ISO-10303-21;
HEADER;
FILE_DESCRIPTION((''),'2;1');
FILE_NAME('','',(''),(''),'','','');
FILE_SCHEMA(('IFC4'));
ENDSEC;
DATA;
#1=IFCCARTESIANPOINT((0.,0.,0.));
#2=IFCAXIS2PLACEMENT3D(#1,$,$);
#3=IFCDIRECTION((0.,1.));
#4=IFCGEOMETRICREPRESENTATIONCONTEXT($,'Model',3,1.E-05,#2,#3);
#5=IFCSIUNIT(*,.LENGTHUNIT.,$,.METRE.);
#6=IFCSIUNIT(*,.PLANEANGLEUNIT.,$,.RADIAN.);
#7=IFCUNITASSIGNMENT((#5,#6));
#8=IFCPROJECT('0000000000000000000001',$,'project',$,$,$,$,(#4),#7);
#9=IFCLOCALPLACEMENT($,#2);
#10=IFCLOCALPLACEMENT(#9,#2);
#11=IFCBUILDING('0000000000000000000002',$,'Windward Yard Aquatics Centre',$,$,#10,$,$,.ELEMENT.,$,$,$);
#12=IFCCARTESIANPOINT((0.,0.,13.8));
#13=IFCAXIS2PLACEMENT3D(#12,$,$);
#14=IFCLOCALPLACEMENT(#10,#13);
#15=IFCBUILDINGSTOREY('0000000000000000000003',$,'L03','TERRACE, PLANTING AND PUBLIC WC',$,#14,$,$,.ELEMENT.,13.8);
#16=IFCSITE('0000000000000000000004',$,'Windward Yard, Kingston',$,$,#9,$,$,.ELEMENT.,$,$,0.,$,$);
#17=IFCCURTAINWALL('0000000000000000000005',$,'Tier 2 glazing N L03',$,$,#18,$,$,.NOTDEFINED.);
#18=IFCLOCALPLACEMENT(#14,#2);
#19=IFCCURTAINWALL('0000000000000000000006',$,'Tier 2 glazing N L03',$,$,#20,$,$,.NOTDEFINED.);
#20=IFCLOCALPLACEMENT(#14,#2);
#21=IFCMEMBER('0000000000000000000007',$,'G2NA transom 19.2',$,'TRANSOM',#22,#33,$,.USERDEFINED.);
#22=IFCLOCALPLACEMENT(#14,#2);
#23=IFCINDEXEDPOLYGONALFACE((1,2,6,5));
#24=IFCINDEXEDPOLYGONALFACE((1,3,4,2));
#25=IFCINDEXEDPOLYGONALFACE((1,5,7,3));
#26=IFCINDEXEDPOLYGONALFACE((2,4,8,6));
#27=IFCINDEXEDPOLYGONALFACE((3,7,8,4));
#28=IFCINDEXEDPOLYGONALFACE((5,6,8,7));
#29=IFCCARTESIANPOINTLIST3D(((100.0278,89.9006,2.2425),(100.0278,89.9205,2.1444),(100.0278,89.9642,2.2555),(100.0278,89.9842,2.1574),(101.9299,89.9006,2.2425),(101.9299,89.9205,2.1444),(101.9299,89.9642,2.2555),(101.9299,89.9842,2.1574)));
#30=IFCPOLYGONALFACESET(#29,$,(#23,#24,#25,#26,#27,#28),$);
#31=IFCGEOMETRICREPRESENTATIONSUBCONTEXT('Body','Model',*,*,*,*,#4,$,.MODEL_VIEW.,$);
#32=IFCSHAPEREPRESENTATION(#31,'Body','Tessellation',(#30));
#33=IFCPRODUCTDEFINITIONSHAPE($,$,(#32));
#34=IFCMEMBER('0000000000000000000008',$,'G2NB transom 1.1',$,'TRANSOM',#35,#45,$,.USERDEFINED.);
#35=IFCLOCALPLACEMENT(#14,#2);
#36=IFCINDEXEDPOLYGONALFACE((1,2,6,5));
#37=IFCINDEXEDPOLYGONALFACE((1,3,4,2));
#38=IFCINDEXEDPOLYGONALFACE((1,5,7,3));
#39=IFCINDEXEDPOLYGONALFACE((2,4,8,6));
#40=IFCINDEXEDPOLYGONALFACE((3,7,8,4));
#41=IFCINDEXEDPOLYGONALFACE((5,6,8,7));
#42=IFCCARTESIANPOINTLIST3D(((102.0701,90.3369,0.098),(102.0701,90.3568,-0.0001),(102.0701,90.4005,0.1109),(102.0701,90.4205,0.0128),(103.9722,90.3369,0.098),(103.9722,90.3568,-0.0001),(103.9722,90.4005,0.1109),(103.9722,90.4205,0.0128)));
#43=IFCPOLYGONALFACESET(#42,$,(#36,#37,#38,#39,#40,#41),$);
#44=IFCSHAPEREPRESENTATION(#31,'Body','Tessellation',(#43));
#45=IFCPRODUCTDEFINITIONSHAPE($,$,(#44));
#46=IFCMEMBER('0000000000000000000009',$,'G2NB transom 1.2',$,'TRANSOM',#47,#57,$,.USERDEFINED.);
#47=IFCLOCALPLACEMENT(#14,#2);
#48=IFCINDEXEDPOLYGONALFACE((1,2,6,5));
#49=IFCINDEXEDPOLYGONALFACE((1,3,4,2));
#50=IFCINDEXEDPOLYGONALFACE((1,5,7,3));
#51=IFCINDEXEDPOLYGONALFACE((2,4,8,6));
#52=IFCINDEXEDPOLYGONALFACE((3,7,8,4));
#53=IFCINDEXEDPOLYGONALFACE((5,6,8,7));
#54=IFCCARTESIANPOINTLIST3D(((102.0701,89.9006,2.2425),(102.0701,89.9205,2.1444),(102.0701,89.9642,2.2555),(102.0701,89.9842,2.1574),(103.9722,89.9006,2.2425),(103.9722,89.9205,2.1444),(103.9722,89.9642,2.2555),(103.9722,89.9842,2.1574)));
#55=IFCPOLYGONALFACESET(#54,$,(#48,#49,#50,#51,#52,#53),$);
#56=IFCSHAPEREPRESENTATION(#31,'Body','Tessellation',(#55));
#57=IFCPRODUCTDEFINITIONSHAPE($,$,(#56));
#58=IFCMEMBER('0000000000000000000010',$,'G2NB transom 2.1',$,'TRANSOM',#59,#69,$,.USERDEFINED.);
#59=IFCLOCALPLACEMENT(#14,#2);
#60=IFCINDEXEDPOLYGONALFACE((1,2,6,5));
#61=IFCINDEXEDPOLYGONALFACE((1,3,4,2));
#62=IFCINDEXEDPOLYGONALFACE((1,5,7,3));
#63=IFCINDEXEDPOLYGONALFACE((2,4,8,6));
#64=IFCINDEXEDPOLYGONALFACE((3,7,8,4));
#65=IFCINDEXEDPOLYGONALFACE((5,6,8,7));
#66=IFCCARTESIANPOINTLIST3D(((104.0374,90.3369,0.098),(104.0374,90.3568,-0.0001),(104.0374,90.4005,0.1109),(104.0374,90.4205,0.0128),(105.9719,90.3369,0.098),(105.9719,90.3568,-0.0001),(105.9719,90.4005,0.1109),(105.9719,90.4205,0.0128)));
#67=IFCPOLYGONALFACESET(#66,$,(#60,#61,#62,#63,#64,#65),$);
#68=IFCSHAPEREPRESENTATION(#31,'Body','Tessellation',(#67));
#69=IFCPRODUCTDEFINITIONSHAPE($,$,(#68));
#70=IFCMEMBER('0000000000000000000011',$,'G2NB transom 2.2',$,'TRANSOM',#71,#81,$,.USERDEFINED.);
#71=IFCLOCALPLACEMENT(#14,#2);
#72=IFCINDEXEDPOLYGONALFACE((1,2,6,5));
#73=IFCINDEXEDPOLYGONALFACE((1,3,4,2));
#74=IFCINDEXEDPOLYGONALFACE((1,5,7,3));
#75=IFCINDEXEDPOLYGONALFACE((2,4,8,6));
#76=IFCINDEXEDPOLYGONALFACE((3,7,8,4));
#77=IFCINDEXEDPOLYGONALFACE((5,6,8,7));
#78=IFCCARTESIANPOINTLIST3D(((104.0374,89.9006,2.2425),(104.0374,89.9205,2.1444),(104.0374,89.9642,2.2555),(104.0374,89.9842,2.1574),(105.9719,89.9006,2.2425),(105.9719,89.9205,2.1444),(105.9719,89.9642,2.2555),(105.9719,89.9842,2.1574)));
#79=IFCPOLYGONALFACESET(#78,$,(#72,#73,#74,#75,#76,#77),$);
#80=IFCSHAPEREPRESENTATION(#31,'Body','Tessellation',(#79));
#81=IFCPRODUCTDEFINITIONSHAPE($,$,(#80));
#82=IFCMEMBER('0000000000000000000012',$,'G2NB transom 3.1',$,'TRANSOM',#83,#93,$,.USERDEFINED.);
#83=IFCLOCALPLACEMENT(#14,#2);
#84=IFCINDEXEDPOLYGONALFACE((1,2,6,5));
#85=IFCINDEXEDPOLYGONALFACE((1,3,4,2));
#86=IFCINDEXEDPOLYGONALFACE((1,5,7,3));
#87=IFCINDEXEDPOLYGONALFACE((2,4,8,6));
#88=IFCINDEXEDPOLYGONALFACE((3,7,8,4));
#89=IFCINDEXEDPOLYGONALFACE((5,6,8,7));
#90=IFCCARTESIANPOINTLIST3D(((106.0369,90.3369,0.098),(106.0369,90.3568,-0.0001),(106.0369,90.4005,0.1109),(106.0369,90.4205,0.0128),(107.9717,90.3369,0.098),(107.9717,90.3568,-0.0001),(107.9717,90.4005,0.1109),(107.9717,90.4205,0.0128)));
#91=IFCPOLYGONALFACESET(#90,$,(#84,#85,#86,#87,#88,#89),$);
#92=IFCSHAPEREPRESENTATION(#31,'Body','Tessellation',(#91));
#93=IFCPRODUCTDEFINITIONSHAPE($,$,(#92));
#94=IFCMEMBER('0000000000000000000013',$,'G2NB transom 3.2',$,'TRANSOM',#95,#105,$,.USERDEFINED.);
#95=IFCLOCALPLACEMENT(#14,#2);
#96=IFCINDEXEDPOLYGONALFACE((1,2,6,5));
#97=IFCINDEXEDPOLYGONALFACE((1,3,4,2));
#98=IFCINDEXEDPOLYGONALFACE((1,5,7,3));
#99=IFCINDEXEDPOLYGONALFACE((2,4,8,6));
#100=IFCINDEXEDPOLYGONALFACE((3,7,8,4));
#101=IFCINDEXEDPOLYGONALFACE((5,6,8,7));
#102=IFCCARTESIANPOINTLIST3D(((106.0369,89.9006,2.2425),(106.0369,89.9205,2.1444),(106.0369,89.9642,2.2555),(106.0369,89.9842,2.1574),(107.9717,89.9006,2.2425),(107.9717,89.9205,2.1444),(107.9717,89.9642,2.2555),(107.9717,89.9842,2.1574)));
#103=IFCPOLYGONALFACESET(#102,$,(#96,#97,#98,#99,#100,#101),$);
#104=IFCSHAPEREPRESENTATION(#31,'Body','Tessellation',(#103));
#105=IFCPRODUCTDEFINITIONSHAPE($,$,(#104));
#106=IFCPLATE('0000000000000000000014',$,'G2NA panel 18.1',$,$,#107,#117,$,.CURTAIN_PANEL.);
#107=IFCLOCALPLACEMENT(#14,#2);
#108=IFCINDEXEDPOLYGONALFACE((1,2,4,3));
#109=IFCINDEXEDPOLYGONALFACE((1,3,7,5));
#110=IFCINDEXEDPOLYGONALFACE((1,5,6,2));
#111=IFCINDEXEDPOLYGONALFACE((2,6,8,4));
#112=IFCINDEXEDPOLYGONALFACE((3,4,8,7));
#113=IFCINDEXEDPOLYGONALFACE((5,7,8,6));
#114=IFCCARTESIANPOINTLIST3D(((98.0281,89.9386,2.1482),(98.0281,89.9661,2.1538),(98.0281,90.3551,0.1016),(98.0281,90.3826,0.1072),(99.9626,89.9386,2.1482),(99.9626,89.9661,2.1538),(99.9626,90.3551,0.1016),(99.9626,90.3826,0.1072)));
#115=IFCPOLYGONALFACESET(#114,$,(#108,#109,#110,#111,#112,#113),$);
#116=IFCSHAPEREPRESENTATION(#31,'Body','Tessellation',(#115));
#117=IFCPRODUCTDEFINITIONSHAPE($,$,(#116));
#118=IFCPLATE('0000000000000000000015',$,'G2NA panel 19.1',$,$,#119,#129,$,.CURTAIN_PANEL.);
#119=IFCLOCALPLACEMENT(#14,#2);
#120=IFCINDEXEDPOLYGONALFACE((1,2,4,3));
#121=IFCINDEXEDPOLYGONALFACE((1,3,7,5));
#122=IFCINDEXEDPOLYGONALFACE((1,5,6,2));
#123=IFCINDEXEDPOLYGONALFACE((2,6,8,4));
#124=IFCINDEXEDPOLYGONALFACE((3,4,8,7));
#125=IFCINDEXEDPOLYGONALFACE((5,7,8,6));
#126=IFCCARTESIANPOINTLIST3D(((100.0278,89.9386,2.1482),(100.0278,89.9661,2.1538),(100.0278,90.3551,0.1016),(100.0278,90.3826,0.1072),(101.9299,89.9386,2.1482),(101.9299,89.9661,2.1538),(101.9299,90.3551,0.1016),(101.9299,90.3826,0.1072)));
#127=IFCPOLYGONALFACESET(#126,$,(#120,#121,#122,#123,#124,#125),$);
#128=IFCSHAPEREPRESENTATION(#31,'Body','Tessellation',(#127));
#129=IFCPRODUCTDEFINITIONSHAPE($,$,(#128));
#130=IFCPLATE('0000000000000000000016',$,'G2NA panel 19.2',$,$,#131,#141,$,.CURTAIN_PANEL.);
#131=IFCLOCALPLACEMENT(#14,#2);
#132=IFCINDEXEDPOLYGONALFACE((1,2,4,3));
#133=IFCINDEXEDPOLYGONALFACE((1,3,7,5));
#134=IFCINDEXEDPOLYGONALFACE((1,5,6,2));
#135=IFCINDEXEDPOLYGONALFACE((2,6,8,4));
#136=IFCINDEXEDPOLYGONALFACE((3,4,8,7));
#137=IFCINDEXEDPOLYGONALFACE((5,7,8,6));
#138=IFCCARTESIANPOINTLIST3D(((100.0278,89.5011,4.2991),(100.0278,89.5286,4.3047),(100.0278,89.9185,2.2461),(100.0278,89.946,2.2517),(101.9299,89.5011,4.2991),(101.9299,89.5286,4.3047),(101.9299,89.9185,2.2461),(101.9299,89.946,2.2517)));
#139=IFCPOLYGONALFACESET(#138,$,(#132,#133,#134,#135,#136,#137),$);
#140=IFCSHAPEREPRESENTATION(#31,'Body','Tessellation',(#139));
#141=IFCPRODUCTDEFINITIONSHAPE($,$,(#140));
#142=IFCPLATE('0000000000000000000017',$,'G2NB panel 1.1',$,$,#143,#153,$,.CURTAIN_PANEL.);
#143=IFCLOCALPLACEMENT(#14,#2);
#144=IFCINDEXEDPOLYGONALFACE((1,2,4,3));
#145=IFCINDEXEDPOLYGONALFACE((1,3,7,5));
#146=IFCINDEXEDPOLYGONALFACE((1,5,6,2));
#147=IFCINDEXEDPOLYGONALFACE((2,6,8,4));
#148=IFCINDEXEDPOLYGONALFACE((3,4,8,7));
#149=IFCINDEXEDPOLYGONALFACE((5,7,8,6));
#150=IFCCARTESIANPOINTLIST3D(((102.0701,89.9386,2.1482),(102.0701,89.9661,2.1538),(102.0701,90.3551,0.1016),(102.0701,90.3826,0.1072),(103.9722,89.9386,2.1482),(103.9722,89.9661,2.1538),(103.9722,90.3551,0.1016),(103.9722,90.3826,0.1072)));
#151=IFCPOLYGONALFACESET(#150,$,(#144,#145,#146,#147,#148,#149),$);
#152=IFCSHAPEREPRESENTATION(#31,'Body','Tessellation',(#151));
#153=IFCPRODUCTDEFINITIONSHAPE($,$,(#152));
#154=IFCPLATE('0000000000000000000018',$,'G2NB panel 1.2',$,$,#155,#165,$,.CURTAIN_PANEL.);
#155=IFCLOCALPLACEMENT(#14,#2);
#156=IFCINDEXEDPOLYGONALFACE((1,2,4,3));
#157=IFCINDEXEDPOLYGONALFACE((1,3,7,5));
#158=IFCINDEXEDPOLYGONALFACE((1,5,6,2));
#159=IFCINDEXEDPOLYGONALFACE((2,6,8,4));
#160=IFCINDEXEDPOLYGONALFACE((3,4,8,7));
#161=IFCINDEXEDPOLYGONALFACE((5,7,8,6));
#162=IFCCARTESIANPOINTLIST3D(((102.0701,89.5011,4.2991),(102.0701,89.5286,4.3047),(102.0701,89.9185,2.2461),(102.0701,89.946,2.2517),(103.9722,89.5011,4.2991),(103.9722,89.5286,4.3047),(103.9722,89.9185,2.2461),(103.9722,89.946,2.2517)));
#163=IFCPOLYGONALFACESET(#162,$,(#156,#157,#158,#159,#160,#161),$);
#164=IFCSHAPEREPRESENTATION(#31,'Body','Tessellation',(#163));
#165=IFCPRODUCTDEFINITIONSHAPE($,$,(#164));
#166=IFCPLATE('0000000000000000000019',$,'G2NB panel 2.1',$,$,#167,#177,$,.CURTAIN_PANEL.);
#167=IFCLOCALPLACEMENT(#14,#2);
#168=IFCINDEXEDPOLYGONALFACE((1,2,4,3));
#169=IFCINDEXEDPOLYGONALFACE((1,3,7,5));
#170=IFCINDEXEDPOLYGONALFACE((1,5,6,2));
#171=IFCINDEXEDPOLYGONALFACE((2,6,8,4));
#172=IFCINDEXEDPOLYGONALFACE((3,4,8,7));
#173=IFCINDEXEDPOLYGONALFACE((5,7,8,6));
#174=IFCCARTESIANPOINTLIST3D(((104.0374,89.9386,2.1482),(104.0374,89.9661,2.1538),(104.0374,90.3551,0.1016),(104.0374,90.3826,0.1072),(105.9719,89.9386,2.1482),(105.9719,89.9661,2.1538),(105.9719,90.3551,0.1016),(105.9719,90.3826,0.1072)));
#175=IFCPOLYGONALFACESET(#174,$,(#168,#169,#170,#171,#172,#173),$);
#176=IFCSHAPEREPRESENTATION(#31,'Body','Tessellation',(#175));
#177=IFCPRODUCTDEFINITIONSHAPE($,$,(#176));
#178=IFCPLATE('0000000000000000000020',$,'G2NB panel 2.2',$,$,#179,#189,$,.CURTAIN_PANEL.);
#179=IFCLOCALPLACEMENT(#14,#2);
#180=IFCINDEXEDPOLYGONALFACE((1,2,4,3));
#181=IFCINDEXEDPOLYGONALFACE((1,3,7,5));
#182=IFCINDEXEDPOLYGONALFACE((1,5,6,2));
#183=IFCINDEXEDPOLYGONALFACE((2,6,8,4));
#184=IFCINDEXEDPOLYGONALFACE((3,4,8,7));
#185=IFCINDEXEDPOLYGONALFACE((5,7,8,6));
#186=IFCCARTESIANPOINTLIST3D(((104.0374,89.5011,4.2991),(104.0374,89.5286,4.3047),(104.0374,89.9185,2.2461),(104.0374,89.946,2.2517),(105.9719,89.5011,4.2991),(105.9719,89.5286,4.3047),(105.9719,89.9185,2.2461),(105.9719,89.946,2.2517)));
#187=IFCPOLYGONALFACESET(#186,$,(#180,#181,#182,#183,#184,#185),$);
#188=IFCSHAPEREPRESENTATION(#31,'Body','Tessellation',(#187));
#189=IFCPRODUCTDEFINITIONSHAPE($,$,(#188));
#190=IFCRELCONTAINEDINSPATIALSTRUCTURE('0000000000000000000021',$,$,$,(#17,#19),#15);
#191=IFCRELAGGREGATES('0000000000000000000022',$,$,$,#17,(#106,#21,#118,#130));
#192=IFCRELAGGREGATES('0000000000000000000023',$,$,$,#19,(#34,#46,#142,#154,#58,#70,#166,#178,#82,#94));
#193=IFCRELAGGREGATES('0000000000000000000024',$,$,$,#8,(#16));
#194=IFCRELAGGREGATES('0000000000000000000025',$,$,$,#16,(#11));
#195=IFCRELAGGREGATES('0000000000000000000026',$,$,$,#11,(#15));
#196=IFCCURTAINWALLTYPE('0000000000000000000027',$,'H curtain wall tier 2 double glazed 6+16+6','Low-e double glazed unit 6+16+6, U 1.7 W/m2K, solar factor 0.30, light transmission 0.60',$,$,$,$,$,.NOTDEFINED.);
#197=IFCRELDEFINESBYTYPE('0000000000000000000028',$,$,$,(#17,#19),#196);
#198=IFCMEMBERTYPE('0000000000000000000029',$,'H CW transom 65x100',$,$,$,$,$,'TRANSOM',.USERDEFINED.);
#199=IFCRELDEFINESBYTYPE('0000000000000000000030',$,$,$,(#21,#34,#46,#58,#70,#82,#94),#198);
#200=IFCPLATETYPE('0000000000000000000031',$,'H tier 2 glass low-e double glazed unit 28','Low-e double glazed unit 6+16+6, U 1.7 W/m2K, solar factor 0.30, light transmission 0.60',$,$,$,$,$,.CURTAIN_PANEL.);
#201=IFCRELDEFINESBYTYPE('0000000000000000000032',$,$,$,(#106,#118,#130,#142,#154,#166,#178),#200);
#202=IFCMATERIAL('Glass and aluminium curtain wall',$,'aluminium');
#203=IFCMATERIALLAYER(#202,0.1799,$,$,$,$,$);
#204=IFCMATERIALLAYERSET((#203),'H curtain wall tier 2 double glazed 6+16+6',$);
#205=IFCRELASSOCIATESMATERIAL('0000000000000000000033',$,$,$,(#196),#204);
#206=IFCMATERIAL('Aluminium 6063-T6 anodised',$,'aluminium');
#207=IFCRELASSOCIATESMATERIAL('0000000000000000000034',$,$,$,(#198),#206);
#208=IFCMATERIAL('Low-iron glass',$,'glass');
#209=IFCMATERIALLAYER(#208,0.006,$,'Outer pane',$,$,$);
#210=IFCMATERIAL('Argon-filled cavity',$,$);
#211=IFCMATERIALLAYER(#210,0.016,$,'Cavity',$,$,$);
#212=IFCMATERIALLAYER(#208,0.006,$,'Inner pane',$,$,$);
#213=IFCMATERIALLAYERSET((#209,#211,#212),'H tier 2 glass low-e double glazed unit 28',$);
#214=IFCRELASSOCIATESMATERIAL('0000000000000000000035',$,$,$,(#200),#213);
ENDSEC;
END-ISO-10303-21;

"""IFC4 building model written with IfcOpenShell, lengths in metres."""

from ifc_helpers import new_model, si_unit, direction, frame, origin, origin_2d, place, context, subcontext, project, spatial, polyline, rectangle, outline, extrude, material, layer, layer_set, material_profile, profile_set, type_object, element, aggregate, save


model = new_model("IFC4")

# Units and contexts
model_context = context("Model", 3, precision=1e-05, world=origin(), true_north=direction((0.0, 1.0)))
body_context = subcontext(model_context, "Body", "Model", "MODEL_VIEW")
ifc_project = project(units=[si_unit("LENGTHUNIT", "METRE"), si_unit("PLANEANGLEUNIT", "RADIAN")], contexts=[model_context])

# Site, building, storey
site_placement = place(None, origin())
site = spatial("IfcSite", under=ifc_project, at=site_placement, Name="Windward Yard, Kingston", CompositionType="ELEMENT", RefElevation=0.0)
building_placement = place(site_placement, origin())
building = spatial("IfcBuilding", under=site, at=building_placement, Name="Windward Yard Aquatics Centre", CompositionType="ELEMENT")
storey_placement = place(building_placement, frame((0.0, 0.0, 13.8)))
storey = spatial("IfcBuildingStorey", under=building, at=storey_placement, Name="L03", Description="TERRACE, PLANTING AND PUBLIC WC", CompositionType="ELEMENT", Elevation=13.8)

# Curtain walls
ifc_material_1 = material(Name="Glass and aluminium curtain wall", Category="aluminium")
ifc_layer_1 = layer(ifc_material_1, 0.1799)
ifc_layer_set_1 = layer_set([ifc_layer_1], Name="H curtain wall tier 2 double glazed 6+16+6")
curtain_wall_type = type_object("IfcCurtainWallType", Name="H curtain wall tier 2 double glazed 6+16+6", Description="Low-e double glazed unit 6+16+6, U 1.7 W/m2K, solar factor 0.30, light transmission 0.60", PredefinedType="NOTDEFINED", material=ifc_layer_set_1)
curtain_wall_1_placement = place(storey_placement, origin())
curtain_wall_1 = element("IfcCurtainWall", 1, at=curtain_wall_1_placement, inside=storey, type_object=curtain_wall_type, Name="Tier 2 glazing N L03", PredefinedType="NOTDEFINED")
ifc_material_2 = material(Name="Aluminium 6063-T6 anodised", Category="aluminium")
curtain_wall_2_placement = place(storey_placement, origin())
curtain_wall_2 = element("IfcCurtainWall", 2, at=curtain_wall_2_placement, inside=storey, type_object=curtain_wall_type, Name="Tier 2 glazing N L03", PredefinedType="NOTDEFINED")

# Members
ifc_material_profile_1 = material_profile(ifc_material_2, rectangle(XDim=0.0649, YDim=0.1001, at=origin_2d()), Name="H CW transom 65x100")
ifc_profile_set_1 = profile_set([ifc_material_profile_1], Name="Aluminium 6063-T6 anodised")
member_type_1 = type_object("IfcMemberType", Name="H CW transom 65x100", ElementType="TRANSOM", PredefinedType="USERDEFINED", material=ifc_profile_set_1)
member_1_placement = place(storey_placement, frame((100.0278, 89.9424, 2.2), z_axis=(1.0, 0.0, 0.0), x_axis=(0.0, 0.979925, 0.199368)))
member_1 = element("IfcMember", 3, at=member_1_placement, type_object=member_type_1, Name="G2NA transom 19.2", ObjectType="TRANSOM", PredefinedType="USERDEFINED", context=body_context, shape_type="SweptSolid", body=[
    extrude(rectangle(XDim=0.0649, YDim=0.1001, at=origin_2d()), origin(), (0.0, 0.0, 1.0), 1.9021),
])
member_2_placement = place(storey_placement, frame((102.0701, 90.3787, 0.0554), z_axis=(1.0, 0.0, 0.0), x_axis=(0.0, 0.979925, 0.199368)))
member_2 = element("IfcMember", 4, at=member_2_placement, type_object=member_type_1, Name="G2NB transom 1.1", ObjectType="TRANSOM", PredefinedType="USERDEFINED", context=body_context, shape_type="SweptSolid", body=[
    extrude(rectangle(XDim=0.0649, YDim=0.1001, at=origin_2d()), origin(), (0.0, 0.0, 1.0), 1.9021),
])
member_3_placement = place(storey_placement, frame((102.0701, 89.9424, 2.2), z_axis=(1.0, 0.0, 0.0), x_axis=(0.0, 0.979925, 0.199368)))
member_3 = element("IfcMember", 5, at=member_3_placement, type_object=member_type_1, Name="G2NB transom 1.2", ObjectType="TRANSOM", PredefinedType="USERDEFINED", context=body_context, shape_type="SweptSolid", body=[
    extrude(rectangle(XDim=0.0649, YDim=0.1001, at=origin_2d()), origin(), (0.0, 0.0, 1.0), 1.9021),
])
member_4_placement = place(storey_placement, frame((104.0374, 90.3787, 0.0554), z_axis=(1.0, 0.0, 0.0), x_axis=(0.0, 0.979925, 0.199368)))
member_4 = element("IfcMember", 6, at=member_4_placement, type_object=member_type_1, Name="G2NB transom 2.1", ObjectType="TRANSOM", PredefinedType="USERDEFINED", context=body_context, shape_type="SweptSolid", body=[
    extrude(rectangle(XDim=0.0649, YDim=0.1001, at=origin_2d()), origin(), (0.0, 0.0, 1.0), 1.9346),
])
member_5_placement = place(storey_placement, frame((104.0374, 89.9424, 2.2), z_axis=(1.0, 0.0, 0.0), x_axis=(0.0, 0.979925, 0.199368)))
member_5 = element("IfcMember", 7, at=member_5_placement, type_object=member_type_1, Name="G2NB transom 2.2", ObjectType="TRANSOM", PredefinedType="USERDEFINED", context=body_context, shape_type="SweptSolid", body=[
    extrude(rectangle(XDim=0.0649, YDim=0.1001, at=origin_2d()), origin(), (0.0, 0.0, 1.0), 1.9346),
])
member_6_placement = place(storey_placement, frame((106.0369, 90.3787, 0.0554), z_axis=(1.0, 0.0, 0.0), x_axis=(0.0, 0.979925, 0.199368)))
member_6 = element("IfcMember", 8, at=member_6_placement, type_object=member_type_1, Name="G2NB transom 3.1", ObjectType="TRANSOM", PredefinedType="USERDEFINED", context=body_context, shape_type="SweptSolid", body=[
    extrude(rectangle(XDim=0.0649, YDim=0.1001, at=origin_2d()), origin(), (0.0, 0.0, 1.0), 1.9348),
])
member_7_placement = place(storey_placement, frame((106.0369, 89.9424, 2.2), z_axis=(1.0, 0.0, 0.0), x_axis=(0.0, 0.979925, 0.199368)))
member_7 = element("IfcMember", 9, at=member_7_placement, type_object=member_type_1, Name="G2NB transom 3.2", ObjectType="TRANSOM", PredefinedType="USERDEFINED", context=body_context, shape_type="SweptSolid", body=[
    extrude(rectangle(XDim=0.0649, YDim=0.1001, at=origin_2d()), origin(), (0.0, 0.0, 1.0), 1.9348),
])

# Plates
ifc_material_3 = material(Name="Low-iron glass", Category="glass")
ifc_layer_2 = layer(ifc_material_3, 0.006, Name="Outer pane")
ifc_material_4 = material(Name="Argon-filled cavity")
ifc_layer_3 = layer(ifc_material_4, 0.016, Name="Cavity")
ifc_layer_4 = layer(ifc_material_3, 0.006, Name="Inner pane")
ifc_layer_set_2 = layer_set([ifc_layer_2, ifc_layer_3, ifc_layer_4], Name="H tier 2 glass low-e double glazed unit 28")
plate_type = type_object("IfcPlateType", Name="H tier 2 glass low-e double glazed unit 28", Description="Low-e double glazed unit 6+16+6, U 1.7 W/m2K, solar factor 0.30, light transmission 0.60", PredefinedType="CURTAIN_PANEL", material=ifc_layer_set_2)
plate_1_placement = place(storey_placement, frame((98.0281, 89.9661, 2.1538), z_axis=(0.0, 0.979914, 0.199419), x_axis=(0.0, 0.199419, -0.979914)))
plate_1 = element("IfcPlate", 10, at=plate_1_placement, type_object=plate_type, Name="G2NA panel 18.1", PredefinedType="CURTAIN_PANEL", context=body_context, shape_type="SweptSolid", body=[
    extrude(outline(polyline([(0.0, 0.0), (2.0886, 0.0), (2.0886, -1.9346), (0.0, -1.9346), (0.0, 0.0)])), origin(), (0.0, 0.0, -1.0), 0.0281),
])
plate_2_placement = place(storey_placement, frame((100.0278, 89.9661, 2.1538), z_axis=(0.0, 0.979914, 0.199419), x_axis=(0.0, 0.199419, -0.979914)))
plate_2 = element("IfcPlate", 11, at=plate_2_placement, type_object=plate_type, Name="G2NA panel 19.1", PredefinedType="CURTAIN_PANEL", context=body_context, shape_type="SweptSolid", body=[
    extrude(outline(polyline([(0.0, 0.0), (2.0886, 0.0), (2.0886, -1.9021), (0.0, -1.9021), (0.0, 0.0)])), origin(), (0.0, 0.0, -1.0), 0.0281),
])
plate_3_placement = place(storey_placement, frame((100.0278, 89.5286, 4.3047), z_axis=(0.0, 0.979944, 0.199275), x_axis=(0.0, 0.199275, -0.979944)))
plate_3 = element("IfcPlate", 12, at=plate_3_placement, type_object=plate_type, Name="G2NA panel 19.2", PredefinedType="CURTAIN_PANEL", context=body_context, shape_type="SweptSolid", body=[
    extrude(outline(polyline([(0.0, 0.0), (2.095, 0.0), (2.095, -1.9021), (0.0, -1.9021), (0.0, 0.0)])), origin(), (0.0, 0.0, -1.0), 0.0281),
])
aggregate(curtain_wall_1, [plate_1, member_1, plate_2, plate_3])
plate_4_placement = place(storey_placement, frame((102.0701, 89.9661, 2.1538), z_axis=(0.0, 0.979914, 0.199419), x_axis=(0.0, 0.199419, -0.979914)))
plate_4 = element("IfcPlate", 13, at=plate_4_placement, type_object=plate_type, Name="G2NB panel 1.1", PredefinedType="CURTAIN_PANEL", context=body_context, shape_type="SweptSolid", body=[
    extrude(outline(polyline([(0.0, 0.0), (2.0886, 0.0), (2.0886, -1.9021), (0.0, -1.9021), (0.0, 0.0)])), origin(), (0.0, 0.0, -1.0), 0.0281),
])
plate_5_placement = place(storey_placement, frame((102.0701, 89.5286, 4.3047), z_axis=(0.0, 0.979944, 0.199275), x_axis=(0.0, 0.199275, -0.979944)))
plate_5 = element("IfcPlate", 14, at=plate_5_placement, type_object=plate_type, Name="G2NB panel 1.2", PredefinedType="CURTAIN_PANEL", context=body_context, shape_type="SweptSolid", body=[
    extrude(outline(polyline([(0.0, 0.0), (2.095, 0.0), (2.095, -1.9021), (0.0, -1.9021), (0.0, 0.0)])), origin(), (0.0, 0.0, -1.0), 0.0281),
])
plate_6_placement = place(storey_placement, frame((104.0374, 89.9661, 2.1538), z_axis=(0.0, 0.979914, 0.199419), x_axis=(0.0, 0.199419, -0.979914)))
plate_6 = element("IfcPlate", 15, at=plate_6_placement, type_object=plate_type, Name="G2NB panel 2.1", PredefinedType="CURTAIN_PANEL", context=body_context, shape_type="SweptSolid", body=[
    extrude(outline(polyline([(0.0, 0.0), (2.0886, 0.0), (2.0886, -1.9346), (0.0, -1.9346), (0.0, 0.0)])), origin(), (0.0, 0.0, -1.0), 0.0281),
])
plate_7_placement = place(storey_placement, frame((104.0374, 89.5286, 4.3047), z_axis=(0.0, 0.979944, 0.199275), x_axis=(0.0, 0.199275, -0.979944)))
plate_7 = element("IfcPlate", 16, at=plate_7_placement, type_object=plate_type, Name="G2NB panel 2.2", PredefinedType="CURTAIN_PANEL", context=body_context, shape_type="SweptSolid", body=[
    extrude(outline(polyline([(0.0, 0.0), (2.095, 0.0), (2.095, -1.9346), (0.0, -1.9346), (0.0, 0.0)])), origin(), (0.0, 0.0, -1.0), 0.0281),
])
aggregate(curtain_wall_2, [member_2, member_3, plate_4, plate_5, member_4, member_5, plate_6, plate_7, member_6, member_7])

save(model, "model.ifc")
